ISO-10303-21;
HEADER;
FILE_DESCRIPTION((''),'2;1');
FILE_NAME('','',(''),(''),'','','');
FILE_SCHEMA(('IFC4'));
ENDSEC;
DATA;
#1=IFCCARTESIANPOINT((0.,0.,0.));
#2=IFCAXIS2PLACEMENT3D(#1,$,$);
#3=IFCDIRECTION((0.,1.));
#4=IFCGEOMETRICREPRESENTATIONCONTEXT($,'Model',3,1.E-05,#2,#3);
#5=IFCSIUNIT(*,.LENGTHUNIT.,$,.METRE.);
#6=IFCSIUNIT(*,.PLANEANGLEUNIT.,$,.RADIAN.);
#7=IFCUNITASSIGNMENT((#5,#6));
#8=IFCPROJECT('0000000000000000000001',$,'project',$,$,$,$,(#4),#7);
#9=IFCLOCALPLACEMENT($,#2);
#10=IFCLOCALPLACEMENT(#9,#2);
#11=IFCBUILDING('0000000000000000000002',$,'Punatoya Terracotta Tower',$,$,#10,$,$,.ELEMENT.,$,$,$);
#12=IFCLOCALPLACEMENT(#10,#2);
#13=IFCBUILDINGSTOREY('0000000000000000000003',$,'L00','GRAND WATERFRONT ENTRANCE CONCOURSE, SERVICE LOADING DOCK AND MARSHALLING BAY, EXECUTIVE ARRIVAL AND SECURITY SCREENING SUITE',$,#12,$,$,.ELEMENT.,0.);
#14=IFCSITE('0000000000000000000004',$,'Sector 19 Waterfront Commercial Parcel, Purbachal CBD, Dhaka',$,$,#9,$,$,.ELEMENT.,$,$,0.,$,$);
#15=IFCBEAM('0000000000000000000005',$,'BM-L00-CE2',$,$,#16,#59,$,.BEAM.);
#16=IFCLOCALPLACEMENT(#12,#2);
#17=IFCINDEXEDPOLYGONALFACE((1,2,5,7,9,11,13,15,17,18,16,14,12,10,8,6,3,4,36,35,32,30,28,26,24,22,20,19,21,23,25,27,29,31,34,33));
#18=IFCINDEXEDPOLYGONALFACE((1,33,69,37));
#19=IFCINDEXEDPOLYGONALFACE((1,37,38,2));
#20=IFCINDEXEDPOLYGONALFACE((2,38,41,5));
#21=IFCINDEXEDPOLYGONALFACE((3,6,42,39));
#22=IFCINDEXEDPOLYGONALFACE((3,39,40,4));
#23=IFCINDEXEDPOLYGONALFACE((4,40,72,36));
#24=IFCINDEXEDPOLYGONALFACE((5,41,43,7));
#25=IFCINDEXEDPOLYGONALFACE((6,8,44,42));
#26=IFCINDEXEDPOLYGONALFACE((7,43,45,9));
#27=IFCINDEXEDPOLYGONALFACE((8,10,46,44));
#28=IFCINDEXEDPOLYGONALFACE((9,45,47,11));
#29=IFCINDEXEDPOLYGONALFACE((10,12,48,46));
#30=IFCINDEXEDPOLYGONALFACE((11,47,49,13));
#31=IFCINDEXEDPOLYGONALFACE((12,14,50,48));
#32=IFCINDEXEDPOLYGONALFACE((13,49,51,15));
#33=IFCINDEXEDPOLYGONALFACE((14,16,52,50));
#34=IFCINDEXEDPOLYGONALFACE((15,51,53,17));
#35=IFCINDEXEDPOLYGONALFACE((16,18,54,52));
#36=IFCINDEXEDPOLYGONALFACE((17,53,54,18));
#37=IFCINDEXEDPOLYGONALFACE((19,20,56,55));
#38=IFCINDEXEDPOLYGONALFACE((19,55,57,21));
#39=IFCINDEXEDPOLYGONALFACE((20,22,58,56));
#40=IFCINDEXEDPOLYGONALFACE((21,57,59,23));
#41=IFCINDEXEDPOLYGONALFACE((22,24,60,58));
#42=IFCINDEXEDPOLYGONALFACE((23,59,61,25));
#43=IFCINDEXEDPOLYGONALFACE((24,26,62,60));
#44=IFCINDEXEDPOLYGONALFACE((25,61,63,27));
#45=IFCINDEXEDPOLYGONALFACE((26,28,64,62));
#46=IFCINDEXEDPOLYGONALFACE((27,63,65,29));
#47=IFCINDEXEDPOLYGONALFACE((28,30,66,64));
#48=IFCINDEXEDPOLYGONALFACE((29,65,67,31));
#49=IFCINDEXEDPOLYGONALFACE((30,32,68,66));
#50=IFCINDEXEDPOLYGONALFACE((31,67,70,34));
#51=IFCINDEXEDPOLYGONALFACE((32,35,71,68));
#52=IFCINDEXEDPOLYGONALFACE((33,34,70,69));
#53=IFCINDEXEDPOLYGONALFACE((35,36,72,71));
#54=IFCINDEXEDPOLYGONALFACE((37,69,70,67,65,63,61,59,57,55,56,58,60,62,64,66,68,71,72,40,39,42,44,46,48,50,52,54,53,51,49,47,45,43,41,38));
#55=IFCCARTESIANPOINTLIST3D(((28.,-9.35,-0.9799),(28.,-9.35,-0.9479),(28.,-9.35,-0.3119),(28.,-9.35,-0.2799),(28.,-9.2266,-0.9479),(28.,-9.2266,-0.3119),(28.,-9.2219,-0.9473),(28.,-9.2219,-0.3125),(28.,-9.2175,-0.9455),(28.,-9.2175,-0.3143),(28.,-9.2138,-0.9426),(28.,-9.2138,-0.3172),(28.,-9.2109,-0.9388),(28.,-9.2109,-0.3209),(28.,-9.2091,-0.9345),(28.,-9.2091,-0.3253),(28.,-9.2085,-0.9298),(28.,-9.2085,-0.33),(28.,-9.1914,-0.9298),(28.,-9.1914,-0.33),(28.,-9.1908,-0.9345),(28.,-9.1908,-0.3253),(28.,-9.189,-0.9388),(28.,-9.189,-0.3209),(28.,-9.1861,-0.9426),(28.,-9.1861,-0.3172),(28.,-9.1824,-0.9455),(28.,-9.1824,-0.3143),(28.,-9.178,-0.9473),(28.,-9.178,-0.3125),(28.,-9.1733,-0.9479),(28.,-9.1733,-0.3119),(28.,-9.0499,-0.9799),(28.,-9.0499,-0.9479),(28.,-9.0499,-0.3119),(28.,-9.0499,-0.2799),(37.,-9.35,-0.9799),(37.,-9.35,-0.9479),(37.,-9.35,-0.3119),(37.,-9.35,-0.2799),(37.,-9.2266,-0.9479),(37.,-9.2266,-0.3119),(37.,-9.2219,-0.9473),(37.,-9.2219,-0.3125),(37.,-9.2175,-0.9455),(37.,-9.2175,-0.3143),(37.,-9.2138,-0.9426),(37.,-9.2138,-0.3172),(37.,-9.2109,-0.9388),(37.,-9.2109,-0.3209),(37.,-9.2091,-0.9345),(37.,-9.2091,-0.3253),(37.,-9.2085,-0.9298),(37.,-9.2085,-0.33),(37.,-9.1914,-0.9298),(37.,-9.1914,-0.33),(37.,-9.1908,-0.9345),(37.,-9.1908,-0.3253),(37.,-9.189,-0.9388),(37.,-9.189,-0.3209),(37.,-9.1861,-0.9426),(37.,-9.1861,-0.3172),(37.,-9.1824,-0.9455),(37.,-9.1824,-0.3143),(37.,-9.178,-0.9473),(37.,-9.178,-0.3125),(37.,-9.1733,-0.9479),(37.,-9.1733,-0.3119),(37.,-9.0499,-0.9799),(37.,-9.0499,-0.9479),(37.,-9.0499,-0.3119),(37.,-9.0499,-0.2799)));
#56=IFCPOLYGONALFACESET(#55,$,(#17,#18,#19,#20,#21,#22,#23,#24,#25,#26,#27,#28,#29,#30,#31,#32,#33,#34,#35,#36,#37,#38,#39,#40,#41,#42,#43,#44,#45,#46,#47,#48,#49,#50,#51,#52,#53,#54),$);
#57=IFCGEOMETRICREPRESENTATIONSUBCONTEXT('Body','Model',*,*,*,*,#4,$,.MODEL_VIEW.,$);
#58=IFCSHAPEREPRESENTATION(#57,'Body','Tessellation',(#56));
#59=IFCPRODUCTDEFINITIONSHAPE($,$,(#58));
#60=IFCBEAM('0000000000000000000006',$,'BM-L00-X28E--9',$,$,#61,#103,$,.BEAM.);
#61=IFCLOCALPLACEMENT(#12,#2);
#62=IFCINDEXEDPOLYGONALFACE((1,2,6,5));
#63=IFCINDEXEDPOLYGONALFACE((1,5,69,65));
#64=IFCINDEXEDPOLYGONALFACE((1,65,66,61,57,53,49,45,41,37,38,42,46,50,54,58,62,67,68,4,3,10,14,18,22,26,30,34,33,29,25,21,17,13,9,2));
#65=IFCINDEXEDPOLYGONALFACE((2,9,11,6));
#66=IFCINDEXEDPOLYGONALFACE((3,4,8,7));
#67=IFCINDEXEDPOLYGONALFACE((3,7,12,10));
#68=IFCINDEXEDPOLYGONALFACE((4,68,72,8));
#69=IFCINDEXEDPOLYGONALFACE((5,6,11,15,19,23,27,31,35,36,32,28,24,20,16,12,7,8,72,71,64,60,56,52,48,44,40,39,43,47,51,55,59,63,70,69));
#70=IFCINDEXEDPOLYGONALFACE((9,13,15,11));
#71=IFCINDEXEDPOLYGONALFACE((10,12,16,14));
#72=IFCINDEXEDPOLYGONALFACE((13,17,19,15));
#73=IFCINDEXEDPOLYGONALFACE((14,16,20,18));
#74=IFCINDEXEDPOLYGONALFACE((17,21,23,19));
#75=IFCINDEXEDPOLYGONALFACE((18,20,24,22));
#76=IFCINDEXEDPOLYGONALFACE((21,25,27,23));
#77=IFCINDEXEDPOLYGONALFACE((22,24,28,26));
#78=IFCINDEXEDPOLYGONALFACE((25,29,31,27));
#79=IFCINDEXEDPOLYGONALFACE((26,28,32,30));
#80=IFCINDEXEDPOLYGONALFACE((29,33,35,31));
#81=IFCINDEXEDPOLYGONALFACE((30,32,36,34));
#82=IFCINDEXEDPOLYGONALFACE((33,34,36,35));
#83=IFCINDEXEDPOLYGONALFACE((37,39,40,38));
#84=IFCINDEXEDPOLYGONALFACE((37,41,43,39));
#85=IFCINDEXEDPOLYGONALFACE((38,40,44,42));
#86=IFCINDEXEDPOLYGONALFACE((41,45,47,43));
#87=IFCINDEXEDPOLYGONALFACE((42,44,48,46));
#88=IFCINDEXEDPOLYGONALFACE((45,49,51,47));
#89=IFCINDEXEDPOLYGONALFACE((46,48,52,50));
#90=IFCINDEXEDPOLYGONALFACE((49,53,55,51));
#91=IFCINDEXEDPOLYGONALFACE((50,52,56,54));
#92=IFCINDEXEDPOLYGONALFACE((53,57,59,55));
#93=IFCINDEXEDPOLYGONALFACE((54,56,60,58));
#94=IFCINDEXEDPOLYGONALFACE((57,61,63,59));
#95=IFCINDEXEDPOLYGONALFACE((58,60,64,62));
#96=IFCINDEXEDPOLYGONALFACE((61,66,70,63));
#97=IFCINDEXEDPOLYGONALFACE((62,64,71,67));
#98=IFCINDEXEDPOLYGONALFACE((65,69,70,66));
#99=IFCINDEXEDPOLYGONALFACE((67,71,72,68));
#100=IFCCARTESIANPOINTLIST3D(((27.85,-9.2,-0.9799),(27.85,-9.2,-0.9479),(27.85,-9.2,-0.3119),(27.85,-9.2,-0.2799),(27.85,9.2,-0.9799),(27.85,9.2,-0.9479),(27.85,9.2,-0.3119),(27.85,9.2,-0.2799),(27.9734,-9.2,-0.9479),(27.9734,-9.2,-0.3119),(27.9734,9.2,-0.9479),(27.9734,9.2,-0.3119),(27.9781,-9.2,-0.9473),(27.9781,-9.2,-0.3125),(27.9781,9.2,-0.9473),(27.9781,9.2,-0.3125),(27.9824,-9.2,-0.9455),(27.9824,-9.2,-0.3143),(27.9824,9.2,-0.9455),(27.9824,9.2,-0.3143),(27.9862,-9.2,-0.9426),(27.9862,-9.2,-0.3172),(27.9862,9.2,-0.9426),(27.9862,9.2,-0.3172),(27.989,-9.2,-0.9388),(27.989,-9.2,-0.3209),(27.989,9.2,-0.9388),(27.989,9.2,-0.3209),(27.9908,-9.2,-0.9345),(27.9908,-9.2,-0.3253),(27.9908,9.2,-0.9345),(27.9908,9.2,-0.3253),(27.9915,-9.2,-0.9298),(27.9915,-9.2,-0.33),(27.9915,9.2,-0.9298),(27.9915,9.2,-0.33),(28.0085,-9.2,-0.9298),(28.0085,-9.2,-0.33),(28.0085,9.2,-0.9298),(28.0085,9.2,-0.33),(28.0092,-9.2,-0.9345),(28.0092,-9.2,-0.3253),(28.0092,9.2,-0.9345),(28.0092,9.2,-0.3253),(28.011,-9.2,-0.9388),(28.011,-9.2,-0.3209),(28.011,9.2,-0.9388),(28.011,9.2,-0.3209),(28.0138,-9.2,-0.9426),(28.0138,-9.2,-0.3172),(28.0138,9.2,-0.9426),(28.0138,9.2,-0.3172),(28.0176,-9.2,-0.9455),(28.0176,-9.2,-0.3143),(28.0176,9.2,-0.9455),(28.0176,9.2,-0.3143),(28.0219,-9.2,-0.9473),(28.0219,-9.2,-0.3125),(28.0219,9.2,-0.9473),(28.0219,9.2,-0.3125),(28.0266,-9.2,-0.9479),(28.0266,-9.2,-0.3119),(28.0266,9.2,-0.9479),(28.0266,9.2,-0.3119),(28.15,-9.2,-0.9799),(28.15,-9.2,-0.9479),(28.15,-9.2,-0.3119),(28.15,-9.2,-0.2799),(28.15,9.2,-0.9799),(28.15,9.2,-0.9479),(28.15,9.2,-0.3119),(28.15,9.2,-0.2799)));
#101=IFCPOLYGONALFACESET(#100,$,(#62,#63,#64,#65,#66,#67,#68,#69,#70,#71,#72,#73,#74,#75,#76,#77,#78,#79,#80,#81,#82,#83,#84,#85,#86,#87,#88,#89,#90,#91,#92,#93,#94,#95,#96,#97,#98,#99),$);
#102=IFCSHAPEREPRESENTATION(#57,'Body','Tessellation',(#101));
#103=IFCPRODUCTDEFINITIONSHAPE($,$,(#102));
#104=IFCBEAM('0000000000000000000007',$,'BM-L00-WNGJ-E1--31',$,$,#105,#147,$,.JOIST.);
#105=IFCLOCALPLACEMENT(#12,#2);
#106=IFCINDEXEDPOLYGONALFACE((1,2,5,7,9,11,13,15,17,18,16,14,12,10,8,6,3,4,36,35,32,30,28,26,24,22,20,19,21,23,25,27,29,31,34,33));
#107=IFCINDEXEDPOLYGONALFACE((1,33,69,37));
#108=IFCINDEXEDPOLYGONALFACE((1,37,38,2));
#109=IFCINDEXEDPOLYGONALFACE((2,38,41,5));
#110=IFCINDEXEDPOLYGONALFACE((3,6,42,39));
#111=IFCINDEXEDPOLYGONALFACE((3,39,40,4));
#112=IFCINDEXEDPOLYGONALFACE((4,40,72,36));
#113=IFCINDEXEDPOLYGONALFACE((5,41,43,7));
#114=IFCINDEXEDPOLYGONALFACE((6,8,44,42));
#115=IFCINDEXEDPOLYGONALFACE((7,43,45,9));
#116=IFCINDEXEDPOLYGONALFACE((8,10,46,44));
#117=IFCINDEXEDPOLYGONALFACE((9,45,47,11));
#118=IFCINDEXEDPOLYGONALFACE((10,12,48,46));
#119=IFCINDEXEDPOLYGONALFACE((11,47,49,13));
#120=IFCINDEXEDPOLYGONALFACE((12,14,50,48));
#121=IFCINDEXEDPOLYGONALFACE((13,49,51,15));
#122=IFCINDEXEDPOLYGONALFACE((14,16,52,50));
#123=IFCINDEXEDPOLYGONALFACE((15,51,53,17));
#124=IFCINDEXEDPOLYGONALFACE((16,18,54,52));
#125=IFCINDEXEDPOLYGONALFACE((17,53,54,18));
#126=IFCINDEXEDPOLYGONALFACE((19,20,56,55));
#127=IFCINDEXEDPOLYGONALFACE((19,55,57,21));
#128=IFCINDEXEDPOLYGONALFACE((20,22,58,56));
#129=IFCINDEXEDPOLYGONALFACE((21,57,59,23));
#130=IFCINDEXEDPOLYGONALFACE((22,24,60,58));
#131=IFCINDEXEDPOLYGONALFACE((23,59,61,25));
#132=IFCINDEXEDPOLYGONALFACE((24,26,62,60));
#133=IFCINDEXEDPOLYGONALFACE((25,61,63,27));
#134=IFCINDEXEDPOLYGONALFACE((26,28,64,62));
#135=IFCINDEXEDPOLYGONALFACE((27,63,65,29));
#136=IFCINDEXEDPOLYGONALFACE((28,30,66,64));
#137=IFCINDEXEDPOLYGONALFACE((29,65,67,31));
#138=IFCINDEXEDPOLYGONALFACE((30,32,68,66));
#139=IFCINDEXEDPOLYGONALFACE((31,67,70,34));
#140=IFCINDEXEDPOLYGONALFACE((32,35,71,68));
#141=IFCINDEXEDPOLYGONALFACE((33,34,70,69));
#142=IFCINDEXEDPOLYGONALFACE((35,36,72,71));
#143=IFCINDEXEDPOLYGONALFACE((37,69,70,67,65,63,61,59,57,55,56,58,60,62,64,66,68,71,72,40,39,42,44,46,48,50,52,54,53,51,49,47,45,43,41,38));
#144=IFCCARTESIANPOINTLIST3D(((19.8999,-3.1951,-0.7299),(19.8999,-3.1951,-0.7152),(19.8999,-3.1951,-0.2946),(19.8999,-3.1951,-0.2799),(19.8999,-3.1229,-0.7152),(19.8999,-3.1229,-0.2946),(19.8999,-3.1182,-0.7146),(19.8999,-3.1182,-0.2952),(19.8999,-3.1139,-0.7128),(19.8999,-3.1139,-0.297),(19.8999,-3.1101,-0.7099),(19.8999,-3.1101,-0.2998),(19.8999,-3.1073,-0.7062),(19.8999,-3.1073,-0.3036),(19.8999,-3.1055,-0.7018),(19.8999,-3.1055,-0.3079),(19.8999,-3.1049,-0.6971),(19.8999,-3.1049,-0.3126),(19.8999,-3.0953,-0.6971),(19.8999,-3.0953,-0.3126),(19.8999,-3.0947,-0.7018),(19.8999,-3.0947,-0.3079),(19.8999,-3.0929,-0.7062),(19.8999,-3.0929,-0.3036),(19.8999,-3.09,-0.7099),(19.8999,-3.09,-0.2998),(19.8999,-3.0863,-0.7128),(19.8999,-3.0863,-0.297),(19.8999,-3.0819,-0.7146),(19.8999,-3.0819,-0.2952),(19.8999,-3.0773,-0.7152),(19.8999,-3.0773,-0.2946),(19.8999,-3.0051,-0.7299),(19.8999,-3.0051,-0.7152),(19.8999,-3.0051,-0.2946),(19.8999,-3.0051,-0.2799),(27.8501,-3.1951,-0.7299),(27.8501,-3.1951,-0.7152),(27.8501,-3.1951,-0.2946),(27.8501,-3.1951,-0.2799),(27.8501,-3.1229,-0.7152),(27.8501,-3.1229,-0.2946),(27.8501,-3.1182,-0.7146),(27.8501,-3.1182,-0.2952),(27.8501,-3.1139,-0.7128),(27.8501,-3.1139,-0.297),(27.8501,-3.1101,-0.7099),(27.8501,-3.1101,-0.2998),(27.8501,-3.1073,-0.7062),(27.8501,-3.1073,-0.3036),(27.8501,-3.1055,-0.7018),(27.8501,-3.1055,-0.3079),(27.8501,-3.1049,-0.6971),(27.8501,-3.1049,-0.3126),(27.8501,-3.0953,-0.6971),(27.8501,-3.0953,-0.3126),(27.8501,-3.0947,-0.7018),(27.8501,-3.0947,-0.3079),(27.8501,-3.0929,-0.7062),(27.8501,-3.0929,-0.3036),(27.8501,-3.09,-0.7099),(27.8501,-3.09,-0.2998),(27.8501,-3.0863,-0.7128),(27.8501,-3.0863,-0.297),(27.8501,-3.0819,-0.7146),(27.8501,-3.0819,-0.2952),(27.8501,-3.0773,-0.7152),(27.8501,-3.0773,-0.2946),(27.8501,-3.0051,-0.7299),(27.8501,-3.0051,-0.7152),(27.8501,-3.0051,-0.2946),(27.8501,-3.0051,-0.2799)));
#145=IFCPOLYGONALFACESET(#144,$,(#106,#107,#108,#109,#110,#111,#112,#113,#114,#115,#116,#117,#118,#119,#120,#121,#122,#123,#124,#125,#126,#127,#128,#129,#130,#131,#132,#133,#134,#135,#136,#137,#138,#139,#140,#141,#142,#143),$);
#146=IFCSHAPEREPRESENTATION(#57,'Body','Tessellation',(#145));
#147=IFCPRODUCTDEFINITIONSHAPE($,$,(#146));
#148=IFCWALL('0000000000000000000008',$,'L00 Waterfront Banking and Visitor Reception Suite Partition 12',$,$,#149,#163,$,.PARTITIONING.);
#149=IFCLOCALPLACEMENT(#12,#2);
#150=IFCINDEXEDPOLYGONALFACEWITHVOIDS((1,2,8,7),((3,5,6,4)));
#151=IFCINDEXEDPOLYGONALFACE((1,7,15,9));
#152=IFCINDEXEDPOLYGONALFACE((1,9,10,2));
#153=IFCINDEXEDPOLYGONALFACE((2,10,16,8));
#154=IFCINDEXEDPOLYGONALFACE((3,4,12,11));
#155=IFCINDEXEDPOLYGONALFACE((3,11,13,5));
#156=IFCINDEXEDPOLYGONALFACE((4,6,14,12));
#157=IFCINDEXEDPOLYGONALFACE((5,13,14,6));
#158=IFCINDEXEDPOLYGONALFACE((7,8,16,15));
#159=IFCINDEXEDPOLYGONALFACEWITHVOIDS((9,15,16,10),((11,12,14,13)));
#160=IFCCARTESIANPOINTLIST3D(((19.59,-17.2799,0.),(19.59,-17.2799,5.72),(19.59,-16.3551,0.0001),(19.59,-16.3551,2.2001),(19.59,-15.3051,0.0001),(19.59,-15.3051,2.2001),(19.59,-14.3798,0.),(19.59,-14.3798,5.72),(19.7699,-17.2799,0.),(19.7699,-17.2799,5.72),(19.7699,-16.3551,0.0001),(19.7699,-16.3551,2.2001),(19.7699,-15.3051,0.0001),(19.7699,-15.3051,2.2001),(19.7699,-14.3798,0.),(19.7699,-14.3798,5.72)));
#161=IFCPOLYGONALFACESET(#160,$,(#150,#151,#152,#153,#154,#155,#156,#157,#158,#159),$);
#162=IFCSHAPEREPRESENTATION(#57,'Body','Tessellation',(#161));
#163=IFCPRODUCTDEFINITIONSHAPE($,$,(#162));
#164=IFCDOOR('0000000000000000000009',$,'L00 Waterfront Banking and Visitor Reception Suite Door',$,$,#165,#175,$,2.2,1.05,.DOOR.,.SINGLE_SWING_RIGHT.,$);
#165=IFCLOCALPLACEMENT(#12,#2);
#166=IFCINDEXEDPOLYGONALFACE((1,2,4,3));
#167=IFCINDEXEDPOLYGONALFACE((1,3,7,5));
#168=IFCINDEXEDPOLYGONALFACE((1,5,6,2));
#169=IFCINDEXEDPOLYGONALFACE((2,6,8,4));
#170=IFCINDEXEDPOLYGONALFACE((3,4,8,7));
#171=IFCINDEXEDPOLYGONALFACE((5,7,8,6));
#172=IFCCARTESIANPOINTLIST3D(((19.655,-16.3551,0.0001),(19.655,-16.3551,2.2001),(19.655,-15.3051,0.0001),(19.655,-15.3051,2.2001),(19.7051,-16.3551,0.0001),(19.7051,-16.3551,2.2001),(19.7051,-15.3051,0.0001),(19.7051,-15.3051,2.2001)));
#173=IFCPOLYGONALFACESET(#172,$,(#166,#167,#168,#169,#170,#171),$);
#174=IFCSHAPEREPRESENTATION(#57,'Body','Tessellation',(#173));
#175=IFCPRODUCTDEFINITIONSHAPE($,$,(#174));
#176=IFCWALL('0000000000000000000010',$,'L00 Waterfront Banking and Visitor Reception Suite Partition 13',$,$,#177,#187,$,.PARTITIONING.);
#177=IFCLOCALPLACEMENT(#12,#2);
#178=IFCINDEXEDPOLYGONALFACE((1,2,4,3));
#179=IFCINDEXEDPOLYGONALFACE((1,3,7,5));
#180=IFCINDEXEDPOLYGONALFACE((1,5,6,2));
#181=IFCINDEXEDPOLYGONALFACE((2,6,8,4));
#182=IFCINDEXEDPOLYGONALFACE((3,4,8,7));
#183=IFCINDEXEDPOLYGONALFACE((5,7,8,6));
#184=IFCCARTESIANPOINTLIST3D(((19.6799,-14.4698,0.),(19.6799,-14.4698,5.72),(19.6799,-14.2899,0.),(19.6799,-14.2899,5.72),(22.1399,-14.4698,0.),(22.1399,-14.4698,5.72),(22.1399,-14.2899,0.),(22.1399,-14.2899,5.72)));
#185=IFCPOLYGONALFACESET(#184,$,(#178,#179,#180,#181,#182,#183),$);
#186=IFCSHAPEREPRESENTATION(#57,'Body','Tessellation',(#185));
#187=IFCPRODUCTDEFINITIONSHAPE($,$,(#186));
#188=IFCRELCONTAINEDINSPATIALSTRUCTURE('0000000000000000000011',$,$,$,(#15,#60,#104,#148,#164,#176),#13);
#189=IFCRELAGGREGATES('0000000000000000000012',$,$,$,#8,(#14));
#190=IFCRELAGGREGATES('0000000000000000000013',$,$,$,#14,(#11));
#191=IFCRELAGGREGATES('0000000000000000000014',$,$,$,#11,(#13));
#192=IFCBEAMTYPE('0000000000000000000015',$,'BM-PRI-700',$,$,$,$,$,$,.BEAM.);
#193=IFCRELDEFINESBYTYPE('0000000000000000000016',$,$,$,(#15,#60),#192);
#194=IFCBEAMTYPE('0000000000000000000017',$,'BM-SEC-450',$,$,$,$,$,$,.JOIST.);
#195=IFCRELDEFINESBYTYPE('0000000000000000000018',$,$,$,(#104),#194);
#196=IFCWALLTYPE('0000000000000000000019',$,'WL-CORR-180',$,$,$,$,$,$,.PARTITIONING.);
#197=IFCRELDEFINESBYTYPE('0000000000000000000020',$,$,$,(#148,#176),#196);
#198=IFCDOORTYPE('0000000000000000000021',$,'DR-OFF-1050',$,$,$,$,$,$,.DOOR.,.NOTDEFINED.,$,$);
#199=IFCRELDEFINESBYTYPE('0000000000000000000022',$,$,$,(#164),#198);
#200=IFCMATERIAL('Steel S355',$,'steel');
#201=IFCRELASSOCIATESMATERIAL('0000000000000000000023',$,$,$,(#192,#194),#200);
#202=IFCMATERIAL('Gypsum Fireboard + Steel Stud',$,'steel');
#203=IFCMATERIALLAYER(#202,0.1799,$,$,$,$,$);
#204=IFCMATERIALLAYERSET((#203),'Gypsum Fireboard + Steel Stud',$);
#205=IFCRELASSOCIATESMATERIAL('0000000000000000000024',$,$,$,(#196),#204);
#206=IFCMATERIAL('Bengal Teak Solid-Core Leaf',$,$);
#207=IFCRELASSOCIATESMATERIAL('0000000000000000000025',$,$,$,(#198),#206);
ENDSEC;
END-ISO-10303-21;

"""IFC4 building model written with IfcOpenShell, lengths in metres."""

from ifc_helpers import new_model, si_unit, direction, frame, frame_2d, origin, origin_2d, place, context, subcontext, project, spatial, rectangle, i_section, extrude, material, layer, layer_set, material_profile, profile_set, type_object, element, fill, save


model = new_model("IFC4")

# Units and contexts
model_context = context("Model", 3, precision=1e-05, world=origin(), true_north=direction((0.0, 1.0)))
body_context = subcontext(model_context, "Body", "Model", "MODEL_VIEW")
ifc_project = project(units=[si_unit("LENGTHUNIT", "METRE"), si_unit("PLANEANGLEUNIT", "RADIAN")], contexts=[model_context])

# Site, building, storey
site_placement = place(None, origin())
site = spatial("IfcSite", under=ifc_project, at=site_placement, Name="Sector 19 Waterfront Commercial Parcel, Purbachal CBD, Dhaka", CompositionType="ELEMENT", RefElevation=0.0)
building_placement = place(site_placement, origin())
building = spatial("IfcBuilding", under=site, at=building_placement, Name="Punatoya Terracotta Tower", CompositionType="ELEMENT")
storey_placement = place(building_placement, origin())
storey = spatial("IfcBuildingStorey", under=building, at=storey_placement, Name="L00", Description="GRAND WATERFRONT ENTRANCE CONCOURSE, SERVICE LOADING DOCK AND MARSHALLING BAY, EXECUTIVE ARRIVAL AND SECURITY SCREENING SUITE", CompositionType="ELEMENT", Elevation=0.0)

# Beams
ifc_material_1 = material(Name="Steel S355", Category="steel")
ifc_material_profile_1 = material_profile(ifc_material_1, i_section(OverallWidth=0.3, OverallDepth=0.7, WebThickness=0.0171, FlangeThickness=0.032, FilletRadius=0.0181, at=origin_2d()))
ifc_profile_set_1 = profile_set([ifc_material_profile_1], Name="Steel S355")
beam_type_1 = type_object("IfcBeamType", Name="BM-PRI-700", PredefinedType="BEAM", material=ifc_profile_set_1)
beam_1_placement = place(storey_placement, frame((28.0, -9.2, -0.6299), z_axis=(1.0, 0.0, 0.0), x_axis=(0.0, 1.0, 0.0)))
element("IfcBeam", 1, at=beam_1_placement, inside=storey, type_object=beam_type_1, Name="BM-L00-CE2", PredefinedType="BEAM", context=body_context, shape_type="SweptSolid", body=[
    extrude(i_section(OverallWidth=0.3, OverallDepth=0.7, WebThickness=0.0171, FlangeThickness=0.032, FilletRadius=0.0181, at=origin_2d()), origin(), (0.0, 0.0, 1.0), 9.0),
])
beam_2_placement = place(storey_placement, frame((28.0, -9.2, -0.6299), z_axis=(0.0, 1.0, 0.0), x_axis=(-1.0, 0.0, 0.0)))
element("IfcBeam", 2, at=beam_2_placement, inside=storey, type_object=beam_type_1, Name="BM-L00-X28E--9", PredefinedType="BEAM", context=body_context, shape_type="SweptSolid", body=[
    extrude(i_section(OverallWidth=0.3, OverallDepth=0.7, WebThickness=0.0171, FlangeThickness=0.032, FilletRadius=0.0181, at=origin_2d()), origin(), (0.0, 0.0, 1.0), 18.3999),
])
ifc_material_profile_2 = material_profile(ifc_material_1, i_section(OverallWidth=0.1899, OverallDepth=0.45, WebThickness=0.0095, FlangeThickness=0.0146, FilletRadius=0.0181, at=origin_2d()))
ifc_profile_set_2 = profile_set([ifc_material_profile_2], Name="Steel S355")
beam_type_2 = type_object("IfcBeamType", Name="BM-SEC-450", PredefinedType="JOIST", material=ifc_profile_set_2)
beam_3_placement = place(storey_placement, frame((19.8999, -3.1001, -0.5049), z_axis=(1.0, 0.0, 0.0), x_axis=(0.0, 1.0, 0.0)))
element("IfcBeam", 3, at=beam_3_placement, inside=storey, type_object=beam_type_2, Name="BM-L00-WNGJ-E1--31", PredefinedType="JOIST", context=body_context, shape_type="SweptSolid", body=[
    extrude(i_section(OverallWidth=0.1899, OverallDepth=0.45, WebThickness=0.0095, FlangeThickness=0.0146, FilletRadius=0.0181, at=origin_2d()), origin(), (0.0, 0.0, 1.0), 7.9502),
])

# Wall, opening, door
ifc_material_2 = material(Name="Gypsum Fireboard + Steel Stud", Category="steel")
ifc_layer_1 = layer(ifc_material_2, 0.1799)
ifc_layer_set_1 = layer_set([ifc_layer_1], Name="Gypsum Fireboard + Steel Stud")
wall_type_1 = type_object("IfcWallType", Name="WL-CORR-180", PredefinedType="PARTITIONING", material=ifc_layer_set_1)
wall_1_placement = place(storey_placement, frame((19.6799, -17.28, 0.0), z_axis=(0.0, 0.0, 1.0), x_axis=(0.0, 1.0, 0.0)))
wall_1 = element("IfcWall", 4, at=wall_1_placement, inside=storey, type_object=wall_type_1, Name="L00 Waterfront Banking and Visitor Reception Suite Partition 12", PredefinedType="PARTITIONING", context=body_context, shape_type="SweptSolid", body=[
    extrude(rectangle(XDim=2.9001, YDim=0.1799, at=frame_2d((1.4502, 0.0))), origin(), (0.0, 0.0, 1.0), 5.72),
])
opening_1_placement = place(wall_1_placement, frame((0.925, 0.0, 0.0)))
opening_1 = element("IfcOpeningElement", 5, at=opening_1_placement, cuts=wall_1, PredefinedType="OPENING", context=body_context, shape_type="SweptSolid", body=[
    extrude(rectangle(XDim=1.05, YDim=2.2, at=frame_2d((0.5249, 1.1001))), frame((0.0, 0.0999, 0.0), z_axis=(0.0, -1.0, 0.0), x_axis=(1.0, 0.0, 0.0)), (0.0, 0.0, 1.0), 0.2),
])
ifc_material_3 = material(Name="Bengal Teak Solid-Core Leaf")
door_type_1 = type_object("IfcDoorType", Name="DR-OFF-1050", OperationType="NOTDEFINED", PredefinedType="DOOR", material=ifc_material_3)
door_1_placement = place(opening_1_placement, origin())
door_1 = element("IfcDoor", 6, at=door_1_placement, inside=storey, type_object=door_type_1, Name="L00 Waterfront Banking and Visitor Reception Suite Door", OperationType="SINGLE_SWING_RIGHT", OverallHeight=2.2, OverallWidth=1.05, PredefinedType="DOOR", context=body_context, shape_type="SweptSolid", body=[
    extrude(rectangle(XDim=1.05, YDim=2.2, at=frame_2d((0.5249, 1.1001))), frame((0.0, 0.0249, 0.0), z_axis=(0.0, -1.0, 0.0), x_axis=(1.0, 0.0, 0.0)), (0.0, 0.0, 1.0), 0.05),
])
fill(opening_1, door_1)

# Wall
wall_2_placement = place(storey_placement, frame((19.6799, -14.3799, 0.0), z_axis=(0.0, 0.0, 1.0), x_axis=(1.0, 0.0, 0.0)))
element("IfcWall", 7, at=wall_2_placement, inside=storey, type_object=wall_type_1, Name="L00 Waterfront Banking and Visitor Reception Suite Partition 13", PredefinedType="PARTITIONING", context=body_context, shape_type="SweptSolid", body=[
    extrude(rectangle(XDim=2.46, YDim=0.1799, at=frame_2d((1.23, 0.0))), origin(), (0.0, 0.0, 1.0), 5.72),
])

save(model, "model.ifc")
